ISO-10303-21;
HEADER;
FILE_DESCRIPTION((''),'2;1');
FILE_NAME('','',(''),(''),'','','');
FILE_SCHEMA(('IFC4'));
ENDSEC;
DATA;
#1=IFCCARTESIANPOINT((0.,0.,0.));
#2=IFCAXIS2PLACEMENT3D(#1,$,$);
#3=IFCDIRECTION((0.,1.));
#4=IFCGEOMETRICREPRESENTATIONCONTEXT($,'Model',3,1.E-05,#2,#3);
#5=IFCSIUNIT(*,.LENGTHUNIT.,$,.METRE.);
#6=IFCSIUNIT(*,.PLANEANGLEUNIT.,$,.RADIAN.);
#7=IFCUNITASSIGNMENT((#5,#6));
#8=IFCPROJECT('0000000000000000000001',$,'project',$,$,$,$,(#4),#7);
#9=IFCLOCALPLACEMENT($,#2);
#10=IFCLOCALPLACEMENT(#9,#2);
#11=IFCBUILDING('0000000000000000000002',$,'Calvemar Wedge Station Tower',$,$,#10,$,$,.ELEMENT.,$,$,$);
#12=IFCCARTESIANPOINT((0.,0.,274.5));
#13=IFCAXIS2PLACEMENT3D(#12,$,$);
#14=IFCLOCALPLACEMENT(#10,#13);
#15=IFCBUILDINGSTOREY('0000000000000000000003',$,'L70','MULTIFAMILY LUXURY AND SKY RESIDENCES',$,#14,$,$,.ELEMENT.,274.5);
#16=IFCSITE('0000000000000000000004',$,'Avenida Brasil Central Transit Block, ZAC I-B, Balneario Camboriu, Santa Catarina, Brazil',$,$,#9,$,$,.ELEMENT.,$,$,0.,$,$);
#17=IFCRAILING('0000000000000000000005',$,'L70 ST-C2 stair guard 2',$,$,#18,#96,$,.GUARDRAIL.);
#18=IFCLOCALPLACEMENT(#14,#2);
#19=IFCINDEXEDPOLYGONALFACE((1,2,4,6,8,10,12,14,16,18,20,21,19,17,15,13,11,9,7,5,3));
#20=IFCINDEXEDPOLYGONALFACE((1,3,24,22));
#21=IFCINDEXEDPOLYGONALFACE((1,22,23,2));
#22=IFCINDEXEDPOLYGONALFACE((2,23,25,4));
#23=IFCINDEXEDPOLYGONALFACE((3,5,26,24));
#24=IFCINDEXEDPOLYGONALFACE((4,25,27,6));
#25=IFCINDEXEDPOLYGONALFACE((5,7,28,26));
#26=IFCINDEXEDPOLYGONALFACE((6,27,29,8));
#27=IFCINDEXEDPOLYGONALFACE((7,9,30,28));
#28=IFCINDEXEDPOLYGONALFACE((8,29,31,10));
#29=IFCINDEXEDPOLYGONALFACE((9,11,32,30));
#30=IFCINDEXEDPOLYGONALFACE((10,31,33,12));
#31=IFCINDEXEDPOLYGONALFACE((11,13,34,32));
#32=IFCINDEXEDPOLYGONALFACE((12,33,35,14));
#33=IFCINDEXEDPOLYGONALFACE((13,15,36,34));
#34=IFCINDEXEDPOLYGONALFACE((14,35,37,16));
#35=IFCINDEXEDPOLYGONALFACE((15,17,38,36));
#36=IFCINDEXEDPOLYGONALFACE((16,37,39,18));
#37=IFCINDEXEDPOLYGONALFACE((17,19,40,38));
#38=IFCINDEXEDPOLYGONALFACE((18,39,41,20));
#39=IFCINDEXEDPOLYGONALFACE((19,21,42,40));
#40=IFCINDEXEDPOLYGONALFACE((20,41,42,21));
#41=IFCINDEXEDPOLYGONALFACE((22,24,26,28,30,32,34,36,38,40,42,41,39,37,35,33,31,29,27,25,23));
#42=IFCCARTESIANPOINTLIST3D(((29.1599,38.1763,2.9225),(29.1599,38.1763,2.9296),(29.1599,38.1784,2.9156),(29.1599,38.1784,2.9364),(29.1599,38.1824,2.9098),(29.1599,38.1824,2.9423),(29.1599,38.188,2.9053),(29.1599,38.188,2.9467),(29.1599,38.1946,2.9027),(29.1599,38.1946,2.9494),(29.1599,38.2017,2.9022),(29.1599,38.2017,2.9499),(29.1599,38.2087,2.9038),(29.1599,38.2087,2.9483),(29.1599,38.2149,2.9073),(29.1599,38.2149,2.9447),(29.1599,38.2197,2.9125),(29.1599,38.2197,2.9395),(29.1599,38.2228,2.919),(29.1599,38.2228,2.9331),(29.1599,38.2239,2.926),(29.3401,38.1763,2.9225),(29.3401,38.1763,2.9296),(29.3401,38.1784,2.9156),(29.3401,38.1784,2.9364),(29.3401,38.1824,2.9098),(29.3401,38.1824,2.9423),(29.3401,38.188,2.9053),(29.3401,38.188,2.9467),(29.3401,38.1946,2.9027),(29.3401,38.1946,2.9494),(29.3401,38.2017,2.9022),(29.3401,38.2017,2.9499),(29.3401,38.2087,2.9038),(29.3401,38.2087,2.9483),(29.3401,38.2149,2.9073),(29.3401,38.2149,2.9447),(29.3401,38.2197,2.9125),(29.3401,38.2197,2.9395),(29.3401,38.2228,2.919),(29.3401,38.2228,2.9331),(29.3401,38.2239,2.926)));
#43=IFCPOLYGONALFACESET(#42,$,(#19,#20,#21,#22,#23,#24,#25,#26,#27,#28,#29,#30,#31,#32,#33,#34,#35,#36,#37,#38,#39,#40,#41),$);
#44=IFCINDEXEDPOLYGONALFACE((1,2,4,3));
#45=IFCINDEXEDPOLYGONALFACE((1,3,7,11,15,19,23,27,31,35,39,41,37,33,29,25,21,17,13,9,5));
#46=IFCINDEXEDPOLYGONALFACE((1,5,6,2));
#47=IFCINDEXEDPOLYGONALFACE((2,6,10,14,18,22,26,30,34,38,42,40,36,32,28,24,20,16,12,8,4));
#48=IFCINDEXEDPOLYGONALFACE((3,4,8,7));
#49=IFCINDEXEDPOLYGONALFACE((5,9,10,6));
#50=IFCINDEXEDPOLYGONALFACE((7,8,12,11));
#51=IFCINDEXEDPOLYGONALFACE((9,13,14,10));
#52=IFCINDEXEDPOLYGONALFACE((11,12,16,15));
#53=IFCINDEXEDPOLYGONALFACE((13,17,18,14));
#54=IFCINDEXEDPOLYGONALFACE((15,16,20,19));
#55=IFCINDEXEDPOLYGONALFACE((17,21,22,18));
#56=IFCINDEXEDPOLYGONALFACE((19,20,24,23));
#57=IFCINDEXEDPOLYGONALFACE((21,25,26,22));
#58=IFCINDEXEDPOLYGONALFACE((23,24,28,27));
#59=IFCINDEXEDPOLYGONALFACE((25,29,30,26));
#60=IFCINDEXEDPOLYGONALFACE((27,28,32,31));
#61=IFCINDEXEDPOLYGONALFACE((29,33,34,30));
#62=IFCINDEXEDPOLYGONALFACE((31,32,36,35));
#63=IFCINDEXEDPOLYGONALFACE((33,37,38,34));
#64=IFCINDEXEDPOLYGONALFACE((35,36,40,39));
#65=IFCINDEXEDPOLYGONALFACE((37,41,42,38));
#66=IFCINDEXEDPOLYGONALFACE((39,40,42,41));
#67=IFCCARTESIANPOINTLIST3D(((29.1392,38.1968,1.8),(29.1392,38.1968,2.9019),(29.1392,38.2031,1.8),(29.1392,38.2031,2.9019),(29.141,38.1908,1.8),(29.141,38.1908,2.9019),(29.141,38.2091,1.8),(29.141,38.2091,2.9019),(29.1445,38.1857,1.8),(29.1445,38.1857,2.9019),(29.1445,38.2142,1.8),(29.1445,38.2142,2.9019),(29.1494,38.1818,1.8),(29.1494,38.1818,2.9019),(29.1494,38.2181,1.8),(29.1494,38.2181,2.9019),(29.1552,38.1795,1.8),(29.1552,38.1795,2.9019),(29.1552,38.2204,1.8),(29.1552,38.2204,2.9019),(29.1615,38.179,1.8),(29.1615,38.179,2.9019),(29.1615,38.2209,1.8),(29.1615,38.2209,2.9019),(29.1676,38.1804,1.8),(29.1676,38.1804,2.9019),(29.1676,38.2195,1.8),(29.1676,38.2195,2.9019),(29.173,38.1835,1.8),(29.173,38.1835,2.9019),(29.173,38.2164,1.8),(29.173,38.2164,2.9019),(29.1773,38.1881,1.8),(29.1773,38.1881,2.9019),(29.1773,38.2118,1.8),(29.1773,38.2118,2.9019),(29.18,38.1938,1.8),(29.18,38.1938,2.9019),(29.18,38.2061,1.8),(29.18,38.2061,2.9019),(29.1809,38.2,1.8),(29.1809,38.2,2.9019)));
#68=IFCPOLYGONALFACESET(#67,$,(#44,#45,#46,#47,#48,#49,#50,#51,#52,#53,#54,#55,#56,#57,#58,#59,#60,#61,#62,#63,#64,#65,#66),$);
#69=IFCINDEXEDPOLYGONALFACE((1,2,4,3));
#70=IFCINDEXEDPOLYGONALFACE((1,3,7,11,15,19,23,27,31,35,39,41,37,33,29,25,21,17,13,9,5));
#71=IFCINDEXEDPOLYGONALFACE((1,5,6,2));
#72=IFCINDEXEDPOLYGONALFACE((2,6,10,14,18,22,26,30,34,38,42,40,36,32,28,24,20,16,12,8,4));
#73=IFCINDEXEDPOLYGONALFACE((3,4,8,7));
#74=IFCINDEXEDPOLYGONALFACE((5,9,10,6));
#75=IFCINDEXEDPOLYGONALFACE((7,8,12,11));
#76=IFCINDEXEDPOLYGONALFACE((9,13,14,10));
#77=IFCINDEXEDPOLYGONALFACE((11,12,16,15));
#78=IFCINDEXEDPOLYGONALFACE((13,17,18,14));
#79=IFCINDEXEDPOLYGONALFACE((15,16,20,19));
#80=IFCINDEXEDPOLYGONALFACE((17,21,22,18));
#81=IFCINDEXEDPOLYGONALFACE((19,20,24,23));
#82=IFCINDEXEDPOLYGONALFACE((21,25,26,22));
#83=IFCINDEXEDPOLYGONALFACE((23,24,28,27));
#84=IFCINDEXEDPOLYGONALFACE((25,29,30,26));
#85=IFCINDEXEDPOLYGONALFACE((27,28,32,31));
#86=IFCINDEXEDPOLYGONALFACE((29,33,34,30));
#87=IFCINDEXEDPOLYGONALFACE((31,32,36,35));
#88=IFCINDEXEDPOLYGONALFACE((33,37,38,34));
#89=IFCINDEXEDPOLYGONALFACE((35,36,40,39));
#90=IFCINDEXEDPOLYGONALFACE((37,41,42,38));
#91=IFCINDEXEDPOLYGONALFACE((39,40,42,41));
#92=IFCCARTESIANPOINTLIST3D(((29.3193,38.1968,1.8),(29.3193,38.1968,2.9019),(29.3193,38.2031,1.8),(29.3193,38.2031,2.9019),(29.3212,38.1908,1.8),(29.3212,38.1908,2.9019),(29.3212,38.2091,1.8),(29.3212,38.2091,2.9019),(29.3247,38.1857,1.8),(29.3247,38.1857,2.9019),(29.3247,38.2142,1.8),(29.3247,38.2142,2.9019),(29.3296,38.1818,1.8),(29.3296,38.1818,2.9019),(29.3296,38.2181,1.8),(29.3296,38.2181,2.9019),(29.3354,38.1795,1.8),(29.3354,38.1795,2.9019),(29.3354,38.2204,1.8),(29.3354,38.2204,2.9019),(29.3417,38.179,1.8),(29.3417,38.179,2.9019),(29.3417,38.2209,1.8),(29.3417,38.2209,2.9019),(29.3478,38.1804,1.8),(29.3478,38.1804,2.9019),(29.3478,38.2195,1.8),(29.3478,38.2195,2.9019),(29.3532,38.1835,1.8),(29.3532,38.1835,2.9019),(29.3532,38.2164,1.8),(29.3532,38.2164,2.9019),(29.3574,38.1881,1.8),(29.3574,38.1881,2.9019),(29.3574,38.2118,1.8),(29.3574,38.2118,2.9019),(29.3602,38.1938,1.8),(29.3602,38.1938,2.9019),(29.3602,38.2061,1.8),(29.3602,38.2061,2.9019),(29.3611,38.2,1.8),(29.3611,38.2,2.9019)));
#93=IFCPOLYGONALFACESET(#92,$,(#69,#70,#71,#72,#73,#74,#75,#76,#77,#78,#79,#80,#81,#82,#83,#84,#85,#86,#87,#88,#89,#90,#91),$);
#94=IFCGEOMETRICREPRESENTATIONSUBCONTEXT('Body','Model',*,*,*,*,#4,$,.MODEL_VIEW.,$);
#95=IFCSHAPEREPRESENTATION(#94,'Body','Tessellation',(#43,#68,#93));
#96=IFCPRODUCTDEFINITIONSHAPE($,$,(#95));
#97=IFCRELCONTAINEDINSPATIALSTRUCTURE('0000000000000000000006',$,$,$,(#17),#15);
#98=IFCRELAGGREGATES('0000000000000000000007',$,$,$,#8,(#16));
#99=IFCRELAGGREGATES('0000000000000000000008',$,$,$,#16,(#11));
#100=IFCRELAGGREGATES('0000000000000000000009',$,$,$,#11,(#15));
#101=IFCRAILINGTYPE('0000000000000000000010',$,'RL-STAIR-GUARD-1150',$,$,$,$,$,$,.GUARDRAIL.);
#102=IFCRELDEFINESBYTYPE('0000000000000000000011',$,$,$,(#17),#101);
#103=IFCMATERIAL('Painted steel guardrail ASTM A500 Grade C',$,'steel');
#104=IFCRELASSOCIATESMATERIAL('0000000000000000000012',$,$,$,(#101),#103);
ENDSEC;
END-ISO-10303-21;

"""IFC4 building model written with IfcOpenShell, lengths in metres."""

from ifc_helpers import new_model, si_unit, direction, frame, origin, origin_2d, place, context, subcontext, project, spatial, circle, extrude, material, type_object, element, save


model = new_model("IFC4")

# Units and contexts
model_context = context("Model", 3, precision=1e-05, world=origin(), true_north=direction((0.0, 1.0)))
body_context = subcontext(model_context, "Body", "Model", "MODEL_VIEW")
ifc_project = project(units=[si_unit("LENGTHUNIT", "METRE"), si_unit("PLANEANGLEUNIT", "RADIAN")], contexts=[model_context])

# Site, building, storey
site_placement = place(None, origin())
site = spatial("IfcSite", under=ifc_project, at=site_placement, Name="Avenida Brasil Central Transit Block, ZAC I-B, Balneario Camboriu, Santa Catarina, Brazil", CompositionType="ELEMENT", RefElevation=0.0)
building_placement = place(site_placement, origin())
building = spatial("IfcBuilding", under=site, at=building_placement, Name="Calvemar Wedge Station Tower", CompositionType="ELEMENT")
storey_placement = place(building_placement, frame((0.0, 0.0, 274.5)))
storey = spatial("IfcBuildingStorey", under=building, at=storey_placement, Name="L70", Description="MULTIFAMILY LUXURY AND SKY RESIDENCES", CompositionType="ELEMENT", Elevation=274.5)

# Railing
ifc_material_1 = material(Name="Painted steel guardrail ASTM A500 Grade C", Category="steel")
railing_type_1 = type_object("IfcRailingType", Name="RL-STAIR-GUARD-1150", PredefinedType="GUARDRAIL", material=ifc_material_1)
railing_1_placement = place(storey_placement, frame((29.1599, 38.2, 1.8)))
element("IfcRailing", 1, at=railing_1_placement, inside=storey, type_object=railing_type_1, Name="L70 ST-C2 stair guard 2", PredefinedType="GUARDRAIL", context=body_context, shape_type="SweptSolid", body=[
    extrude(circle(Radius=0.0239, at=origin_2d()), frame((0.0, 0.0, 1.126), z_axis=(1.0, 0.0, 0.0), x_axis=(0.0, 1.0, 0.0)), (0.0, 0.0, 1.0), 0.1802),
    extrude(circle(Radius=0.021, at=origin_2d()), origin(), (0.0, 0.0, 1.0), 1.1018),
    extrude(circle(Radius=0.021, at=origin_2d()), frame((0.1802, 0.0, 0.0)), (0.0, 0.0, 1.0), 1.1018),
])

save(model, "model.ifc")
